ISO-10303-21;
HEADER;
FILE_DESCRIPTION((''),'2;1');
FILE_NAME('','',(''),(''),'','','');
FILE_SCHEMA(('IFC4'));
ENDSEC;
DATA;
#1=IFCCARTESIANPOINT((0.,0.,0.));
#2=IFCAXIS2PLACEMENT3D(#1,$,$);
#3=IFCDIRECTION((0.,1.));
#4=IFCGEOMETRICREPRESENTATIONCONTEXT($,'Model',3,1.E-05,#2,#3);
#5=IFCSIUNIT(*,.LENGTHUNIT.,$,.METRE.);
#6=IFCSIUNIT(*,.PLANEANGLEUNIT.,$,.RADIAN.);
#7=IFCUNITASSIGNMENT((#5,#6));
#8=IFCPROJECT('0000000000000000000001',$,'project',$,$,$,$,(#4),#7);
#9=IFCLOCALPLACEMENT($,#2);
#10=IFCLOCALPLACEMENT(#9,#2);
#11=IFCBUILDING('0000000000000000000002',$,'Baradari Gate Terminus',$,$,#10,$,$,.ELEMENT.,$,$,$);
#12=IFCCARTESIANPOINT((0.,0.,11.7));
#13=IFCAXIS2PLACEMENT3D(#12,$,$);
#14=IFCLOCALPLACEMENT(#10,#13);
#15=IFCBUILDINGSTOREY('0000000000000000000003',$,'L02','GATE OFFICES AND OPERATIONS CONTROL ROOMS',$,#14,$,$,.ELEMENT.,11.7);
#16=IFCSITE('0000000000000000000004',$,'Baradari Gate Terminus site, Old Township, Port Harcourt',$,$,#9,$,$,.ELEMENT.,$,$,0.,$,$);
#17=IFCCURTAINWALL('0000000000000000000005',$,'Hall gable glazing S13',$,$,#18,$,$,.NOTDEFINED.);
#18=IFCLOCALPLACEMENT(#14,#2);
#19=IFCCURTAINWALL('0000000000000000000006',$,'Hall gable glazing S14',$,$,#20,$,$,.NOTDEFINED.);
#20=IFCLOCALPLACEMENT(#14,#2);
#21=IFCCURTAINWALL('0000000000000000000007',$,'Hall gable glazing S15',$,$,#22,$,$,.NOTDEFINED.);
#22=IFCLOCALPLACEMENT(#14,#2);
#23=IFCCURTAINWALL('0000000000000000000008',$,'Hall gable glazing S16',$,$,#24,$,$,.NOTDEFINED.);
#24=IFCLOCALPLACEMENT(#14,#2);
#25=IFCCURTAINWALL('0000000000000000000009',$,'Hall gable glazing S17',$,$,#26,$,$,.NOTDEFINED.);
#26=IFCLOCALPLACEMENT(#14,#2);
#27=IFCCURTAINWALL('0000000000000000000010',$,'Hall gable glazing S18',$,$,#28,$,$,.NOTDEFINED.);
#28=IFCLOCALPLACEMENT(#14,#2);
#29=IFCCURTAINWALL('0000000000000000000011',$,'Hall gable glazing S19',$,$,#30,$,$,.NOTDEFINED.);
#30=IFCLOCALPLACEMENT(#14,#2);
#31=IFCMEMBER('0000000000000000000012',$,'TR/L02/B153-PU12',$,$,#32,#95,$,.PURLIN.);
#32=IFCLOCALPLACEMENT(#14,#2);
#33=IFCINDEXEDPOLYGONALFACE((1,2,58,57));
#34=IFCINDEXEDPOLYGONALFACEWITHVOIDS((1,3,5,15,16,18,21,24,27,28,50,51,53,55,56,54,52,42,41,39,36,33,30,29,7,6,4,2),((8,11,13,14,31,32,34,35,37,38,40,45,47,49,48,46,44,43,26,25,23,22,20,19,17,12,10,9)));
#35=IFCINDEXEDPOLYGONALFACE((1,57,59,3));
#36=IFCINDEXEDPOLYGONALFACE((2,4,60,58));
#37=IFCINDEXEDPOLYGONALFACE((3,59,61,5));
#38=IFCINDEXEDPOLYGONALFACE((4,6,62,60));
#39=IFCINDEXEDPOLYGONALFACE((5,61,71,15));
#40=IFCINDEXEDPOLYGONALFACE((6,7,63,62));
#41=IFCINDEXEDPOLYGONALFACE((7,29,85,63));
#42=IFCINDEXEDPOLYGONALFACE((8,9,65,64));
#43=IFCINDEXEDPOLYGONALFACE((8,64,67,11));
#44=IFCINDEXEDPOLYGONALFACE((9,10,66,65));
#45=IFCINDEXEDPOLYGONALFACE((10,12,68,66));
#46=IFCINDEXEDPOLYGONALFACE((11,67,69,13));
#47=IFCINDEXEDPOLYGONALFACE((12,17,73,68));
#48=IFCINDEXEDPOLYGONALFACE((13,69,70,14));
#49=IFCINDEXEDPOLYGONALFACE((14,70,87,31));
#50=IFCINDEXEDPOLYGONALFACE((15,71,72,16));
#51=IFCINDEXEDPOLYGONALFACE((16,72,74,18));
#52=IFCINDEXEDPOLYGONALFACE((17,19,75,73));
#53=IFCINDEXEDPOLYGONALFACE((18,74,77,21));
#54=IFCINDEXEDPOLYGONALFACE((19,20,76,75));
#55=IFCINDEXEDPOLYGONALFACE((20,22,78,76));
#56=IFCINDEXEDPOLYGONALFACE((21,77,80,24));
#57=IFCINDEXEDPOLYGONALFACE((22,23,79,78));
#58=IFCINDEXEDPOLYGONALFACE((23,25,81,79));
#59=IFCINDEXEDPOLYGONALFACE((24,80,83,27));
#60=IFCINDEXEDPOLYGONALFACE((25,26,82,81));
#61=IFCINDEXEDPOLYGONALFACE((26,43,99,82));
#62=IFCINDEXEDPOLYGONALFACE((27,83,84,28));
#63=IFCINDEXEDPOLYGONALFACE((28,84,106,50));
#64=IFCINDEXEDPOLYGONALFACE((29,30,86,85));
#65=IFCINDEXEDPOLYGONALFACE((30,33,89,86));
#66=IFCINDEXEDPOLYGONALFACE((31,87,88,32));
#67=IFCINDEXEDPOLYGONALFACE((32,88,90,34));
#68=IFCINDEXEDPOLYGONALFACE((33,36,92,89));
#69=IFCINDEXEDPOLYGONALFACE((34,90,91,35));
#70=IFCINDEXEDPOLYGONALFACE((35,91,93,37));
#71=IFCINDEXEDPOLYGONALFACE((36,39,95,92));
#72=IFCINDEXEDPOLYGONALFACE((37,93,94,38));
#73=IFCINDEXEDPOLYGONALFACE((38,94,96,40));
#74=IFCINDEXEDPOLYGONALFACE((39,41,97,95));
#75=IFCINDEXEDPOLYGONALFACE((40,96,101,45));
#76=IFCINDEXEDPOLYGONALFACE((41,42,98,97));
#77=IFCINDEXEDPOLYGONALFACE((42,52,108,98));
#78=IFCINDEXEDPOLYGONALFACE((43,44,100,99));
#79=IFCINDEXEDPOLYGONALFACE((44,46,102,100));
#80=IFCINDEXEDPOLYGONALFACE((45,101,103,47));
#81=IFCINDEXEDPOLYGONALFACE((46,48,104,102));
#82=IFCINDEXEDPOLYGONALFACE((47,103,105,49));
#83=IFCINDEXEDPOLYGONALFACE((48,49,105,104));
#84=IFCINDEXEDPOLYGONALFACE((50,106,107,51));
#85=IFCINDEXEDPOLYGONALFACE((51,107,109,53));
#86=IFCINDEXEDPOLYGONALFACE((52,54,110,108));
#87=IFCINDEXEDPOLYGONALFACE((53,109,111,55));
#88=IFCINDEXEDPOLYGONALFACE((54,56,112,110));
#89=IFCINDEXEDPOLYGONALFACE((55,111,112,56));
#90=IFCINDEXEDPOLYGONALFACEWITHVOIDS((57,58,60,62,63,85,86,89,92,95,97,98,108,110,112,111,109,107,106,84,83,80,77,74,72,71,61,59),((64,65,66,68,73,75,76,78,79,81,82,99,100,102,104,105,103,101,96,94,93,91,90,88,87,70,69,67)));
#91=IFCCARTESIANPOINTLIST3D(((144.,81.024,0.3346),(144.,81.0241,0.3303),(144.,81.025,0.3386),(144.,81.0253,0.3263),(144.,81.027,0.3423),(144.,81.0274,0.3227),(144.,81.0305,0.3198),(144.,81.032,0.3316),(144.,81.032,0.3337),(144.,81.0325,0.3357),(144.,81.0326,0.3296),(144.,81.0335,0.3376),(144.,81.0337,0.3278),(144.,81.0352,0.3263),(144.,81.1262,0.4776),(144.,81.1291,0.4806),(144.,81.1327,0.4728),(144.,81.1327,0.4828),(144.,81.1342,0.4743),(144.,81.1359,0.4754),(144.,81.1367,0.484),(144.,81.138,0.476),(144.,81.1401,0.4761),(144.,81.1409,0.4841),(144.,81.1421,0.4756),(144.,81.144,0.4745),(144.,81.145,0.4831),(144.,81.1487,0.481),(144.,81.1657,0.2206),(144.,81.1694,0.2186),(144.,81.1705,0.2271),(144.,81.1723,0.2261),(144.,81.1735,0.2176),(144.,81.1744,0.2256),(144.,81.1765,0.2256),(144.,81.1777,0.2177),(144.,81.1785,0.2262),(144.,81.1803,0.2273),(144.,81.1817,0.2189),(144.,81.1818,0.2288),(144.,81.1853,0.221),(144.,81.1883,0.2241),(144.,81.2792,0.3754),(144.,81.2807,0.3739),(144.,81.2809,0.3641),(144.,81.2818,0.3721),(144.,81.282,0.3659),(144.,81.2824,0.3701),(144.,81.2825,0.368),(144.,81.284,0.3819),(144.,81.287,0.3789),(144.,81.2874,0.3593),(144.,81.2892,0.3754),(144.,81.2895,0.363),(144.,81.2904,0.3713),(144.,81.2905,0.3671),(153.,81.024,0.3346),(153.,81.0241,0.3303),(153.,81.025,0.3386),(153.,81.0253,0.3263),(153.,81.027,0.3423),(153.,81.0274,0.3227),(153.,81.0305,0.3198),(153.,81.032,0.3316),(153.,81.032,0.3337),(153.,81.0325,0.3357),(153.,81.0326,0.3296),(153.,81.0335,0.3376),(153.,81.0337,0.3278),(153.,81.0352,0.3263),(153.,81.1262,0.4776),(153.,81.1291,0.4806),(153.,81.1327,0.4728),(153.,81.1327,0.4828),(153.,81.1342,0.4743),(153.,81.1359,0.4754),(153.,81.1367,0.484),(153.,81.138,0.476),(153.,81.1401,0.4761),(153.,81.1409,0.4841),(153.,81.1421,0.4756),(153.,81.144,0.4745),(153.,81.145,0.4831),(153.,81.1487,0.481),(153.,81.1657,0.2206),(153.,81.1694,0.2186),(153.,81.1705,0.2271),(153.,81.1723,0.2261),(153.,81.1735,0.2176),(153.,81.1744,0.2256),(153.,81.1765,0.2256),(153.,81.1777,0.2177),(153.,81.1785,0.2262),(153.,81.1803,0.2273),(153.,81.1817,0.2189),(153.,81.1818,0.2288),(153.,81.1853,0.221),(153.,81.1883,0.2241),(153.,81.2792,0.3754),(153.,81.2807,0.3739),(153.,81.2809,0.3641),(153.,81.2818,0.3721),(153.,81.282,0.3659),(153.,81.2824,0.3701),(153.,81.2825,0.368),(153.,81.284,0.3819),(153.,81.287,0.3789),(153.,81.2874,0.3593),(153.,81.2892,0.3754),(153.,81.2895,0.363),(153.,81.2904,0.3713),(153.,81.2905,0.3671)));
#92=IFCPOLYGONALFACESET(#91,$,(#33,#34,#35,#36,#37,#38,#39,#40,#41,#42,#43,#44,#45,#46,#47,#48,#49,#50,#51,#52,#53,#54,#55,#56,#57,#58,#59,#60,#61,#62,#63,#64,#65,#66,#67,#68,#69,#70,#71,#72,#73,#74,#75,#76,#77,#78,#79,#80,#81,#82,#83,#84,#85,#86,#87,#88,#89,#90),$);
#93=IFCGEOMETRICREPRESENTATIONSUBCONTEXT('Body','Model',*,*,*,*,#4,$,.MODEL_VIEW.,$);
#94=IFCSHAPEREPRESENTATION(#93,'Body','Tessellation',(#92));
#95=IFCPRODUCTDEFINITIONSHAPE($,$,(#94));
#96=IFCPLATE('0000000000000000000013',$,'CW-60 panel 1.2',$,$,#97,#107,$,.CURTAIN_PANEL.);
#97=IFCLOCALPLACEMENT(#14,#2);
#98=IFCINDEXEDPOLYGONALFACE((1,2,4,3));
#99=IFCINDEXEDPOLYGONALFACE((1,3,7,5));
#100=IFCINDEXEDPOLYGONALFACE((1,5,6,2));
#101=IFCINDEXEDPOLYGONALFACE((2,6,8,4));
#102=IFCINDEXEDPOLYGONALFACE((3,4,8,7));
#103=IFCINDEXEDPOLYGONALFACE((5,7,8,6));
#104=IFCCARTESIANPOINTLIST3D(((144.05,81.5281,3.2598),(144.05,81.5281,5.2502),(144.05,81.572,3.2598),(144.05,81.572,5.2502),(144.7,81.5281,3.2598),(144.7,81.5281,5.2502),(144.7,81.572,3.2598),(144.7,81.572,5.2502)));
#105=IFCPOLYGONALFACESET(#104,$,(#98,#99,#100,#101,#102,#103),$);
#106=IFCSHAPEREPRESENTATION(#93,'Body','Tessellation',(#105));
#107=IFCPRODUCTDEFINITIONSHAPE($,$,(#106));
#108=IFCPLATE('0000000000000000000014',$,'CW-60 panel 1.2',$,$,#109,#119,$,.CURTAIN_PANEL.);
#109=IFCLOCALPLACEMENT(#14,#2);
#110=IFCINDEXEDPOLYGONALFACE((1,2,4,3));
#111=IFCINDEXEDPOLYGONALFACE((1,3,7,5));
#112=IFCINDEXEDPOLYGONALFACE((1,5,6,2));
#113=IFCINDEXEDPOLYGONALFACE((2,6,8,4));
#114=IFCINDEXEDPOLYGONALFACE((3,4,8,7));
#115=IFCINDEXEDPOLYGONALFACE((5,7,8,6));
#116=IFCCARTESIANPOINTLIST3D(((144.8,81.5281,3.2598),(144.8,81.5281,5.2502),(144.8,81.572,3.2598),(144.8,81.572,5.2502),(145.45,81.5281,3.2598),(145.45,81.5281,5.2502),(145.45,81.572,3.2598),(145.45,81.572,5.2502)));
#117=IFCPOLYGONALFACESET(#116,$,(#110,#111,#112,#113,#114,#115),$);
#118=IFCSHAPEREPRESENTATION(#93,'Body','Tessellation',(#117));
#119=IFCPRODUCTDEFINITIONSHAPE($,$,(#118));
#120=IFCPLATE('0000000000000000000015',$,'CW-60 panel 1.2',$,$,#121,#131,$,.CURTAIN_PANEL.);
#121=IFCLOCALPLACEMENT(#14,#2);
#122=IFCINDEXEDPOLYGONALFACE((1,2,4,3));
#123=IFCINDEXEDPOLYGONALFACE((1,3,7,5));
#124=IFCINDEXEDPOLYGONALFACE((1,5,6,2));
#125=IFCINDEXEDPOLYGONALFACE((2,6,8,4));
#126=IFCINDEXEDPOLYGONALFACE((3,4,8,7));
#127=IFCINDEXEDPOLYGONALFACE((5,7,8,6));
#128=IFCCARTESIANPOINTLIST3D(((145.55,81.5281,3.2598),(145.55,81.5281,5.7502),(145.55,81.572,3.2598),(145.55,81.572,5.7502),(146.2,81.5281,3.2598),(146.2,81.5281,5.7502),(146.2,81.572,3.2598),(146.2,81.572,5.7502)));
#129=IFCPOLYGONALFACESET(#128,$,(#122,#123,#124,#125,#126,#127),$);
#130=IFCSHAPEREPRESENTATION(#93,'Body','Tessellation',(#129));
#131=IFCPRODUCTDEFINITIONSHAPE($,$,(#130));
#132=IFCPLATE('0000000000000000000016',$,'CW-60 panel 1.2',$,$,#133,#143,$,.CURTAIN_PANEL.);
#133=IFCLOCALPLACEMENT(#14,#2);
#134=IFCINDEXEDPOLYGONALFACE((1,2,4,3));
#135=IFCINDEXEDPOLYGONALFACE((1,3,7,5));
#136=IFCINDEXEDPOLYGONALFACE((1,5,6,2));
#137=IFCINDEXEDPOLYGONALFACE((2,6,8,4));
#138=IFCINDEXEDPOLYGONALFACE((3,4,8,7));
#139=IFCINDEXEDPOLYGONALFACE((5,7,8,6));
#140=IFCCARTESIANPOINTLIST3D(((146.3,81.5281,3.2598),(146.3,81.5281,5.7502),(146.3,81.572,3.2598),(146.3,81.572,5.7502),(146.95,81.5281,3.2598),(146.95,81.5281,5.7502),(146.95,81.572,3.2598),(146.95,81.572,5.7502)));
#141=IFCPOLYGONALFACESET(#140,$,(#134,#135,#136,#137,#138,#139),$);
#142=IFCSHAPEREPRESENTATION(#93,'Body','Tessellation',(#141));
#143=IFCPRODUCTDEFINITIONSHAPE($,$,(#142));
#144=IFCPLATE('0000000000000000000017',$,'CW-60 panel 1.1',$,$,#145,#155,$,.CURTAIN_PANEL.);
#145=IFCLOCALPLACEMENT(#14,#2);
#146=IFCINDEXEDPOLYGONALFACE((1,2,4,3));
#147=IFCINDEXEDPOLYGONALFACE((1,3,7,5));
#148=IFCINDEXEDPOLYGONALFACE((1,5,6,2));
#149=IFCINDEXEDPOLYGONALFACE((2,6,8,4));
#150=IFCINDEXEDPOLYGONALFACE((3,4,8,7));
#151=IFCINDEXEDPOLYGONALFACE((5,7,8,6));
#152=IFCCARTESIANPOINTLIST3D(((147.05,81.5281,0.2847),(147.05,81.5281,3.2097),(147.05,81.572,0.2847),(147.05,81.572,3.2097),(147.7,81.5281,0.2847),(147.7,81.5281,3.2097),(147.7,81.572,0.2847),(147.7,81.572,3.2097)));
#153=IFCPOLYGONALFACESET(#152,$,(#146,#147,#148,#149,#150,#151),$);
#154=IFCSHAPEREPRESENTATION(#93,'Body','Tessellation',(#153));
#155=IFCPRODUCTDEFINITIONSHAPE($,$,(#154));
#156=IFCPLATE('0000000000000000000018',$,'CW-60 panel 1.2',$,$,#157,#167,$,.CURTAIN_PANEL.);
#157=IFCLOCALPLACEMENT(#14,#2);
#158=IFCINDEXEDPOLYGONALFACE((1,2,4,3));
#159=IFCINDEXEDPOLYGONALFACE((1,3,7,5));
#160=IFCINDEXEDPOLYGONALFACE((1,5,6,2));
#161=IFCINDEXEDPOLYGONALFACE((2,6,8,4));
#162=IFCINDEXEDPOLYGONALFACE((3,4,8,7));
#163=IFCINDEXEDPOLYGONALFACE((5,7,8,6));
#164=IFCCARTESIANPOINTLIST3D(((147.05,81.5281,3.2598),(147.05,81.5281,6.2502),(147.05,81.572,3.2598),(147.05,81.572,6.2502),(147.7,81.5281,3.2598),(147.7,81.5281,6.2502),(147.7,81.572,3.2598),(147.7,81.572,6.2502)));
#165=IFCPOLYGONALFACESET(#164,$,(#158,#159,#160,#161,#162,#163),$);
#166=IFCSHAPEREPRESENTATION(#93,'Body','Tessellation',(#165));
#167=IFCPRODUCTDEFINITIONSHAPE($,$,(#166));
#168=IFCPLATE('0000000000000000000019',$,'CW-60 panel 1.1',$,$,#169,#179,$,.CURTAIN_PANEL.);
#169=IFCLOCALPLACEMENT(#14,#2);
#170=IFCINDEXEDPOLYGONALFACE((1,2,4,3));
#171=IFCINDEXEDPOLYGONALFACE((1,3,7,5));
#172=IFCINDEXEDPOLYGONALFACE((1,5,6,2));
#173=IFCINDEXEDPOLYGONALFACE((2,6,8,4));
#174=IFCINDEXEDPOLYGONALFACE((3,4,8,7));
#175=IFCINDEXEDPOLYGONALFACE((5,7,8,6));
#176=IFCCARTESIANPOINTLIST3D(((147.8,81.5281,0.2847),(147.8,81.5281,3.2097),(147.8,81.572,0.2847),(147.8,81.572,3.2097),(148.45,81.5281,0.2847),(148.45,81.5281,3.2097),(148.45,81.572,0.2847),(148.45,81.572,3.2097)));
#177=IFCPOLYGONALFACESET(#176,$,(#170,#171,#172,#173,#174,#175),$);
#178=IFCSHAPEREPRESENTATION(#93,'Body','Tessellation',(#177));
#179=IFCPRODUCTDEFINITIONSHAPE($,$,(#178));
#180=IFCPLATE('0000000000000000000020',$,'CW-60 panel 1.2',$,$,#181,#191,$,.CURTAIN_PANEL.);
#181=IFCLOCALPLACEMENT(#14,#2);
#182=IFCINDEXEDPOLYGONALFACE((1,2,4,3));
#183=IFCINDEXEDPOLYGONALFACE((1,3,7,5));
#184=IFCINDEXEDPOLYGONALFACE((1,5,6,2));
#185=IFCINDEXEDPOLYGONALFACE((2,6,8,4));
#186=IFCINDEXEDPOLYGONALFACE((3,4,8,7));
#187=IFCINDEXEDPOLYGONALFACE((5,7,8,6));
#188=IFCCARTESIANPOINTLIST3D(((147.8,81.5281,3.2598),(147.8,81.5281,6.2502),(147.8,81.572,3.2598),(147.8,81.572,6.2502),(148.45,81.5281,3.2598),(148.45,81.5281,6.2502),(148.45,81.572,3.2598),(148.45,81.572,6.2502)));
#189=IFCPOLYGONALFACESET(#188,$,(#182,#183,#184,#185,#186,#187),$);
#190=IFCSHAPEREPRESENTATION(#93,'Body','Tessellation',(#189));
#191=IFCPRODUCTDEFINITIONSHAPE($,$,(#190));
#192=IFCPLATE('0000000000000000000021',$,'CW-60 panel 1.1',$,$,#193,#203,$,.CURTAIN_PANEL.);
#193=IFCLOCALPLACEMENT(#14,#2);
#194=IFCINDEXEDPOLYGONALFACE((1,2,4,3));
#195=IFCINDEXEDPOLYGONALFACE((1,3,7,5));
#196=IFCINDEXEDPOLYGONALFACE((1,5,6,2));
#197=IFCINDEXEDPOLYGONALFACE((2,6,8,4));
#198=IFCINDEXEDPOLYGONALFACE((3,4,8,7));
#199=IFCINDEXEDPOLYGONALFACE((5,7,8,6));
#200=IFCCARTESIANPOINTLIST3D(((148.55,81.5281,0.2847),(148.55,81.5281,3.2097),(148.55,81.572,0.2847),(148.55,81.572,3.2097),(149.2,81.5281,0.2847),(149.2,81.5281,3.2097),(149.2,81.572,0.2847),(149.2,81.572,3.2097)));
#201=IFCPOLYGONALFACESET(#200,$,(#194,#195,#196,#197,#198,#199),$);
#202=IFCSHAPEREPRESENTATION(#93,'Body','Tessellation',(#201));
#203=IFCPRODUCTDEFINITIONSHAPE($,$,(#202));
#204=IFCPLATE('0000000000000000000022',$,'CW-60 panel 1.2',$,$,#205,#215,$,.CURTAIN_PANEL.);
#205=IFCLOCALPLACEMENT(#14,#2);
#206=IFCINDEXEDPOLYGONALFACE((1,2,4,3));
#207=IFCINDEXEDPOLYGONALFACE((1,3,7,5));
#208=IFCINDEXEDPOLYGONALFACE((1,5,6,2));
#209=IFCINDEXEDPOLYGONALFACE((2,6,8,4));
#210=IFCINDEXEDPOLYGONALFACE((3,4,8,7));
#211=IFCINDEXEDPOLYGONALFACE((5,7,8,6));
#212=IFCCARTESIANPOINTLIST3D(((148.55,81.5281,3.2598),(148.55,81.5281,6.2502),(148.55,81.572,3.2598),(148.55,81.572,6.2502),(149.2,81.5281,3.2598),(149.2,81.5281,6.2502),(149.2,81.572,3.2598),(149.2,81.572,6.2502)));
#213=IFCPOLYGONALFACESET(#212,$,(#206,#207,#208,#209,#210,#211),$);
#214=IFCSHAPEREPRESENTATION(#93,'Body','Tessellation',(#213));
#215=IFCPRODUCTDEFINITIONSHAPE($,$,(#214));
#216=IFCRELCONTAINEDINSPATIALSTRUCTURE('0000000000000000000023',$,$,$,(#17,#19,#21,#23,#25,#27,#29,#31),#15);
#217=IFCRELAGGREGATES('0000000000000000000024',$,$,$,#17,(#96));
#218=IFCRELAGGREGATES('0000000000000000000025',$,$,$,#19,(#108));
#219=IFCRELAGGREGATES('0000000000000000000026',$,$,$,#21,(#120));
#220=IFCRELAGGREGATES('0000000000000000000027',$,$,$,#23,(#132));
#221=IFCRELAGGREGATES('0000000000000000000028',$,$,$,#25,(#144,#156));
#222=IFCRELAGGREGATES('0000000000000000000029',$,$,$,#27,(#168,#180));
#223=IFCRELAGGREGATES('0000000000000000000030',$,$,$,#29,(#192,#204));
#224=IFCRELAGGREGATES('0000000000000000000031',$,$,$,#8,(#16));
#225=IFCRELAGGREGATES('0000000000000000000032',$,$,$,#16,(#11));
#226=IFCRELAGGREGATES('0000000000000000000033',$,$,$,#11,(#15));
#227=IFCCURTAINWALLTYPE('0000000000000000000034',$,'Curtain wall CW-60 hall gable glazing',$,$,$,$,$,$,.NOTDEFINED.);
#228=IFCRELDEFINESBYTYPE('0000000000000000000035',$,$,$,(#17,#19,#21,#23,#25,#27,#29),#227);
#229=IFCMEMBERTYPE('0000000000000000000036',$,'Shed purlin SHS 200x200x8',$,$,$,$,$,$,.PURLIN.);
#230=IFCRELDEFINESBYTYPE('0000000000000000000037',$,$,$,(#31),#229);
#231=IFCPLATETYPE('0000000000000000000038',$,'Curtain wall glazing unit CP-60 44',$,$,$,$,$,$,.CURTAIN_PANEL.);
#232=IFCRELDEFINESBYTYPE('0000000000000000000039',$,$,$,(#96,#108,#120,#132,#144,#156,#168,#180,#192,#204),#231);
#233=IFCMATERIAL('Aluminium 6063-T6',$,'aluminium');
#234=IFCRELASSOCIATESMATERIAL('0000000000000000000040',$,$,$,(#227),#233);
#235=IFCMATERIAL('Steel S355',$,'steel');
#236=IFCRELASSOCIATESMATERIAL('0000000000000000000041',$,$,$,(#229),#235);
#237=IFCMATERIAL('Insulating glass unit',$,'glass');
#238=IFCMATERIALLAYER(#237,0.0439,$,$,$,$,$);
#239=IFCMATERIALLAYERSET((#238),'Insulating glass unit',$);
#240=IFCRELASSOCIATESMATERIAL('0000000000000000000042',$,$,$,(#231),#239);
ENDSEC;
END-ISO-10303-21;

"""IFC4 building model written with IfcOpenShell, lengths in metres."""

from ifc_helpers import new_model, si_unit, direction, frame, origin, origin_2d, place, context, subcontext, project, spatial, rectangle, hollow_rectangle, extrude, material, layer, layer_set, material_profile, profile_set, type_object, element, aggregate, save


model = new_model("IFC4")

# Units and contexts
model_context = context("Model", 3, precision=1e-05, world=origin(), true_north=direction((0.0, 1.0)))
body_context = subcontext(model_context, "Body", "Model", "MODEL_VIEW")
ifc_project = project(units=[si_unit("LENGTHUNIT", "METRE"), si_unit("PLANEANGLEUNIT", "RADIAN")], contexts=[model_context])

# Site, building, storey
site_placement = place(None, origin())
site = spatial("IfcSite", under=ifc_project, at=site_placement, Name="Baradari Gate Terminus site, Old Township, Port Harcourt", CompositionType="ELEMENT", RefElevation=0.0)
building_placement = place(site_placement, origin())
building = spatial("IfcBuilding", under=site, at=building_placement, Name="Baradari Gate Terminus", CompositionType="ELEMENT")
storey_placement = place(building_placement, frame((0.0, 0.0, 11.7)))
storey = spatial("IfcBuildingStorey", under=building, at=storey_placement, Name="L02", Description="GATE OFFICES AND OPERATIONS CONTROL ROOMS", CompositionType="ELEMENT", Elevation=11.7)

# Curtain walls
ifc_material_1 = material(Name="Aluminium 6063-T6", Category="aluminium")
curtain_wall_type = type_object("IfcCurtainWallType", Name="Curtain wall CW-60 hall gable glazing", PredefinedType="NOTDEFINED", material=ifc_material_1)
curtain_wall_1_placement = place(storey_placement, origin())
curtain_wall_1 = element("IfcCurtainWall", 1, at=curtain_wall_1_placement, inside=storey, type_object=curtain_wall_type, Name="Hall gable glazing S13", PredefinedType="NOTDEFINED")
curtain_wall_2_placement = place(storey_placement, origin())
curtain_wall_2 = element("IfcCurtainWall", 2, at=curtain_wall_2_placement, inside=storey, type_object=curtain_wall_type, Name="Hall gable glazing S14", PredefinedType="NOTDEFINED")
curtain_wall_3_placement = place(storey_placement, origin())
curtain_wall_3 = element("IfcCurtainWall", 3, at=curtain_wall_3_placement, inside=storey, type_object=curtain_wall_type, Name="Hall gable glazing S15", PredefinedType="NOTDEFINED")
curtain_wall_4_placement = place(storey_placement, origin())
curtain_wall_4 = element("IfcCurtainWall", 4, at=curtain_wall_4_placement, inside=storey, type_object=curtain_wall_type, Name="Hall gable glazing S16", PredefinedType="NOTDEFINED")
curtain_wall_5_placement = place(storey_placement, origin())
curtain_wall_5 = element("IfcCurtainWall", 5, at=curtain_wall_5_placement, inside=storey, type_object=curtain_wall_type, Name="Hall gable glazing S17", PredefinedType="NOTDEFINED")
curtain_wall_6_placement = place(storey_placement, origin())
curtain_wall_6 = element("IfcCurtainWall", 6, at=curtain_wall_6_placement, inside=storey, type_object=curtain_wall_type, Name="Hall gable glazing S18", PredefinedType="NOTDEFINED")
curtain_wall_7_placement = place(storey_placement, origin())
curtain_wall_7 = element("IfcCurtainWall", 7, at=curtain_wall_7_placement, inside=storey, type_object=curtain_wall_type, Name="Hall gable glazing S19", PredefinedType="NOTDEFINED")

# Member
ifc_material_2 = material(Name="Steel S355", Category="steel")
ifc_material_profile_1 = material_profile(ifc_material_2, hollow_rectangle(XDim=0.2, YDim=0.2, WallThickness=0.0081, InnerFilletRadius=0.0081, OuterFilletRadius=0.0161, at=origin_2d()), Name="SHS 200x200x8")
ifc_profile_set_1 = profile_set([ifc_material_profile_1], Name="Steel S355")
member_type_1 = type_object("IfcMemberType", Name="Shed purlin SHS 200x200x8", PredefinedType="PURLIN", material=ifc_profile_set_1)
member_1_placement = place(storey_placement, frame((144.0, 81.1572, 0.3508), z_axis=(1.0, 0.0, 0.0), x_axis=(0.0, 0.806405, -0.591364)))
element("IfcMember", 8, at=member_1_placement, inside=storey, type_object=member_type_1, Name="TR/L02/B153-PU12", PredefinedType="PURLIN", context=body_context, shape_type="SweptSolid", body=[
    extrude(hollow_rectangle(XDim=0.2, YDim=0.2, WallThickness=0.0081, InnerFilletRadius=0.0081, OuterFilletRadius=0.0161, at=origin_2d()), origin(), (0.0, 0.0, 1.0), 9.0),
])

# Plates
ifc_material_3 = material(Name="Insulating glass unit", Category="glass")
ifc_layer_1 = layer(ifc_material_3, 0.0439)
ifc_layer_set_1 = layer_set([ifc_layer_1], Name="Insulating glass unit")
plate_type = type_object("IfcPlateType", Name="Curtain wall glazing unit CP-60 44", PredefinedType="CURTAIN_PANEL", material=ifc_layer_set_1)
plate_1_placement = place(storey_placement, frame((144.375, 81.55, 3.2598), z_axis=(0.0, 0.0, 1.0), x_axis=(1.0, 0.0, 0.0)))
plate_1 = element("IfcPlate", 9, at=plate_1_placement, type_object=plate_type, Name="CW-60 panel 1.2", PredefinedType="CURTAIN_PANEL", context=body_context, shape_type="SweptSolid", body=[
    extrude(rectangle(XDim=0.6499, YDim=0.0439, at=origin_2d()), origin(), (0.0, 0.0, 1.0), 1.9905),
])
aggregate(curtain_wall_1, [plate_1])
plate_2_placement = place(storey_placement, frame((145.125, 81.55, 3.2598), z_axis=(0.0, 0.0, 1.0), x_axis=(1.0, 0.0, 0.0)))
plate_2 = element("IfcPlate", 10, at=plate_2_placement, type_object=plate_type, Name="CW-60 panel 1.2", PredefinedType="CURTAIN_PANEL", context=body_context, shape_type="SweptSolid", body=[
    extrude(rectangle(XDim=0.6499, YDim=0.0439, at=origin_2d()), origin(), (0.0, 0.0, 1.0), 1.9905),
])
aggregate(curtain_wall_2, [plate_2])
plate_3_placement = place(storey_placement, frame((145.875, 81.55, 3.2598), z_axis=(0.0, 0.0, 1.0), x_axis=(1.0, 0.0, 0.0)))
plate_3 = element("IfcPlate", 11, at=plate_3_placement, type_object=plate_type, Name="CW-60 panel 1.2", PredefinedType="CURTAIN_PANEL", context=body_context, shape_type="SweptSolid", body=[
    extrude(rectangle(XDim=0.6499, YDim=0.0439, at=origin_2d()), origin(), (0.0, 0.0, 1.0), 2.4905),
])
aggregate(curtain_wall_3, [plate_3])
plate_4_placement = place(storey_placement, frame((146.625, 81.55, 3.2598), z_axis=(0.0, 0.0, 1.0), x_axis=(1.0, 0.0, 0.0)))
plate_4 = element("IfcPlate", 12, at=plate_4_placement, type_object=plate_type, Name="CW-60 panel 1.2", PredefinedType="CURTAIN_PANEL", context=body_context, shape_type="SweptSolid", body=[
    extrude(rectangle(XDim=0.6499, YDim=0.0439, at=origin_2d()), origin(), (0.0, 0.0, 1.0), 2.4905),
])
aggregate(curtain_wall_4, [plate_4])
plate_5_placement = place(storey_placement, frame((147.375, 81.55, 0.2847), z_axis=(0.0, 0.0, 1.0), x_axis=(1.0, 0.0, 0.0)))
plate_5 = element("IfcPlate", 13, at=plate_5_placement, type_object=plate_type, Name="CW-60 panel 1.1", PredefinedType="CURTAIN_PANEL", context=body_context, shape_type="SweptSolid", body=[
    extrude(rectangle(XDim=0.6499, YDim=0.0439, at=origin_2d()), origin(), (0.0, 0.0, 1.0), 2.925),
])
plate_6_placement = place(storey_placement, frame((147.375, 81.55, 3.2598), z_axis=(0.0, 0.0, 1.0), x_axis=(1.0, 0.0, 0.0)))
plate_6 = element("IfcPlate", 14, at=plate_6_placement, type_object=plate_type, Name="CW-60 panel 1.2", PredefinedType="CURTAIN_PANEL", context=body_context, shape_type="SweptSolid", body=[
    extrude(rectangle(XDim=0.6499, YDim=0.0439, at=origin_2d()), origin(), (0.0, 0.0, 1.0), 2.9905),
])
aggregate(curtain_wall_5, [plate_5, plate_6])
plate_7_placement = place(storey_placement, frame((148.125, 81.55, 0.2847), z_axis=(0.0, 0.0, 1.0), x_axis=(1.0, 0.0, 0.0)))
plate_7 = element("IfcPlate", 15, at=plate_7_placement, type_object=plate_type, Name="CW-60 panel 1.1", PredefinedType="CURTAIN_PANEL", context=body_context, shape_type="SweptSolid", body=[
    extrude(rectangle(XDim=0.6499, YDim=0.0439, at=origin_2d()), origin(), (0.0, 0.0, 1.0), 2.925),
])
plate_8_placement = place(storey_placement, frame((148.125, 81.55, 3.2598), z_axis=(0.0, 0.0, 1.0), x_axis=(1.0, 0.0, 0.0)))
plate_8 = element("IfcPlate", 16, at=plate_8_placement, type_object=plate_type, Name="CW-60 panel 1.2", PredefinedType="CURTAIN_PANEL", context=body_context, shape_type="SweptSolid", body=[
    extrude(rectangle(XDim=0.6499, YDim=0.0439, at=origin_2d()), origin(), (0.0, 0.0, 1.0), 2.9905),
])
aggregate(curtain_wall_6, [plate_7, plate_8])
plate_9_placement = place(storey_placement, frame((148.875, 81.55, 0.2847), z_axis=(0.0, 0.0, 1.0), x_axis=(1.0, 0.0, 0.0)))
plate_9 = element("IfcPlate", 17, at=plate_9_placement, type_object=plate_type, Name="CW-60 panel 1.1", PredefinedType="CURTAIN_PANEL", context=body_context, shape_type="SweptSolid", body=[
    extrude(rectangle(XDim=0.6499, YDim=0.0439, at=origin_2d()), origin(), (0.0, 0.0, 1.0), 2.925),
])
plate_10_placement = place(storey_placement, frame((148.875, 81.55, 3.2598), z_axis=(0.0, 0.0, 1.0), x_axis=(1.0, 0.0, 0.0)))
plate_10 = element("IfcPlate", 18, at=plate_10_placement, type_object=plate_type, Name="CW-60 panel 1.2", PredefinedType="CURTAIN_PANEL", context=body_context, shape_type="SweptSolid", body=[
    extrude(rectangle(XDim=0.6499, YDim=0.0439, at=origin_2d()), origin(), (0.0, 0.0, 1.0), 2.9905),
])
aggregate(curtain_wall_7, [plate_9, plate_10])

save(model, "model.ifc")
